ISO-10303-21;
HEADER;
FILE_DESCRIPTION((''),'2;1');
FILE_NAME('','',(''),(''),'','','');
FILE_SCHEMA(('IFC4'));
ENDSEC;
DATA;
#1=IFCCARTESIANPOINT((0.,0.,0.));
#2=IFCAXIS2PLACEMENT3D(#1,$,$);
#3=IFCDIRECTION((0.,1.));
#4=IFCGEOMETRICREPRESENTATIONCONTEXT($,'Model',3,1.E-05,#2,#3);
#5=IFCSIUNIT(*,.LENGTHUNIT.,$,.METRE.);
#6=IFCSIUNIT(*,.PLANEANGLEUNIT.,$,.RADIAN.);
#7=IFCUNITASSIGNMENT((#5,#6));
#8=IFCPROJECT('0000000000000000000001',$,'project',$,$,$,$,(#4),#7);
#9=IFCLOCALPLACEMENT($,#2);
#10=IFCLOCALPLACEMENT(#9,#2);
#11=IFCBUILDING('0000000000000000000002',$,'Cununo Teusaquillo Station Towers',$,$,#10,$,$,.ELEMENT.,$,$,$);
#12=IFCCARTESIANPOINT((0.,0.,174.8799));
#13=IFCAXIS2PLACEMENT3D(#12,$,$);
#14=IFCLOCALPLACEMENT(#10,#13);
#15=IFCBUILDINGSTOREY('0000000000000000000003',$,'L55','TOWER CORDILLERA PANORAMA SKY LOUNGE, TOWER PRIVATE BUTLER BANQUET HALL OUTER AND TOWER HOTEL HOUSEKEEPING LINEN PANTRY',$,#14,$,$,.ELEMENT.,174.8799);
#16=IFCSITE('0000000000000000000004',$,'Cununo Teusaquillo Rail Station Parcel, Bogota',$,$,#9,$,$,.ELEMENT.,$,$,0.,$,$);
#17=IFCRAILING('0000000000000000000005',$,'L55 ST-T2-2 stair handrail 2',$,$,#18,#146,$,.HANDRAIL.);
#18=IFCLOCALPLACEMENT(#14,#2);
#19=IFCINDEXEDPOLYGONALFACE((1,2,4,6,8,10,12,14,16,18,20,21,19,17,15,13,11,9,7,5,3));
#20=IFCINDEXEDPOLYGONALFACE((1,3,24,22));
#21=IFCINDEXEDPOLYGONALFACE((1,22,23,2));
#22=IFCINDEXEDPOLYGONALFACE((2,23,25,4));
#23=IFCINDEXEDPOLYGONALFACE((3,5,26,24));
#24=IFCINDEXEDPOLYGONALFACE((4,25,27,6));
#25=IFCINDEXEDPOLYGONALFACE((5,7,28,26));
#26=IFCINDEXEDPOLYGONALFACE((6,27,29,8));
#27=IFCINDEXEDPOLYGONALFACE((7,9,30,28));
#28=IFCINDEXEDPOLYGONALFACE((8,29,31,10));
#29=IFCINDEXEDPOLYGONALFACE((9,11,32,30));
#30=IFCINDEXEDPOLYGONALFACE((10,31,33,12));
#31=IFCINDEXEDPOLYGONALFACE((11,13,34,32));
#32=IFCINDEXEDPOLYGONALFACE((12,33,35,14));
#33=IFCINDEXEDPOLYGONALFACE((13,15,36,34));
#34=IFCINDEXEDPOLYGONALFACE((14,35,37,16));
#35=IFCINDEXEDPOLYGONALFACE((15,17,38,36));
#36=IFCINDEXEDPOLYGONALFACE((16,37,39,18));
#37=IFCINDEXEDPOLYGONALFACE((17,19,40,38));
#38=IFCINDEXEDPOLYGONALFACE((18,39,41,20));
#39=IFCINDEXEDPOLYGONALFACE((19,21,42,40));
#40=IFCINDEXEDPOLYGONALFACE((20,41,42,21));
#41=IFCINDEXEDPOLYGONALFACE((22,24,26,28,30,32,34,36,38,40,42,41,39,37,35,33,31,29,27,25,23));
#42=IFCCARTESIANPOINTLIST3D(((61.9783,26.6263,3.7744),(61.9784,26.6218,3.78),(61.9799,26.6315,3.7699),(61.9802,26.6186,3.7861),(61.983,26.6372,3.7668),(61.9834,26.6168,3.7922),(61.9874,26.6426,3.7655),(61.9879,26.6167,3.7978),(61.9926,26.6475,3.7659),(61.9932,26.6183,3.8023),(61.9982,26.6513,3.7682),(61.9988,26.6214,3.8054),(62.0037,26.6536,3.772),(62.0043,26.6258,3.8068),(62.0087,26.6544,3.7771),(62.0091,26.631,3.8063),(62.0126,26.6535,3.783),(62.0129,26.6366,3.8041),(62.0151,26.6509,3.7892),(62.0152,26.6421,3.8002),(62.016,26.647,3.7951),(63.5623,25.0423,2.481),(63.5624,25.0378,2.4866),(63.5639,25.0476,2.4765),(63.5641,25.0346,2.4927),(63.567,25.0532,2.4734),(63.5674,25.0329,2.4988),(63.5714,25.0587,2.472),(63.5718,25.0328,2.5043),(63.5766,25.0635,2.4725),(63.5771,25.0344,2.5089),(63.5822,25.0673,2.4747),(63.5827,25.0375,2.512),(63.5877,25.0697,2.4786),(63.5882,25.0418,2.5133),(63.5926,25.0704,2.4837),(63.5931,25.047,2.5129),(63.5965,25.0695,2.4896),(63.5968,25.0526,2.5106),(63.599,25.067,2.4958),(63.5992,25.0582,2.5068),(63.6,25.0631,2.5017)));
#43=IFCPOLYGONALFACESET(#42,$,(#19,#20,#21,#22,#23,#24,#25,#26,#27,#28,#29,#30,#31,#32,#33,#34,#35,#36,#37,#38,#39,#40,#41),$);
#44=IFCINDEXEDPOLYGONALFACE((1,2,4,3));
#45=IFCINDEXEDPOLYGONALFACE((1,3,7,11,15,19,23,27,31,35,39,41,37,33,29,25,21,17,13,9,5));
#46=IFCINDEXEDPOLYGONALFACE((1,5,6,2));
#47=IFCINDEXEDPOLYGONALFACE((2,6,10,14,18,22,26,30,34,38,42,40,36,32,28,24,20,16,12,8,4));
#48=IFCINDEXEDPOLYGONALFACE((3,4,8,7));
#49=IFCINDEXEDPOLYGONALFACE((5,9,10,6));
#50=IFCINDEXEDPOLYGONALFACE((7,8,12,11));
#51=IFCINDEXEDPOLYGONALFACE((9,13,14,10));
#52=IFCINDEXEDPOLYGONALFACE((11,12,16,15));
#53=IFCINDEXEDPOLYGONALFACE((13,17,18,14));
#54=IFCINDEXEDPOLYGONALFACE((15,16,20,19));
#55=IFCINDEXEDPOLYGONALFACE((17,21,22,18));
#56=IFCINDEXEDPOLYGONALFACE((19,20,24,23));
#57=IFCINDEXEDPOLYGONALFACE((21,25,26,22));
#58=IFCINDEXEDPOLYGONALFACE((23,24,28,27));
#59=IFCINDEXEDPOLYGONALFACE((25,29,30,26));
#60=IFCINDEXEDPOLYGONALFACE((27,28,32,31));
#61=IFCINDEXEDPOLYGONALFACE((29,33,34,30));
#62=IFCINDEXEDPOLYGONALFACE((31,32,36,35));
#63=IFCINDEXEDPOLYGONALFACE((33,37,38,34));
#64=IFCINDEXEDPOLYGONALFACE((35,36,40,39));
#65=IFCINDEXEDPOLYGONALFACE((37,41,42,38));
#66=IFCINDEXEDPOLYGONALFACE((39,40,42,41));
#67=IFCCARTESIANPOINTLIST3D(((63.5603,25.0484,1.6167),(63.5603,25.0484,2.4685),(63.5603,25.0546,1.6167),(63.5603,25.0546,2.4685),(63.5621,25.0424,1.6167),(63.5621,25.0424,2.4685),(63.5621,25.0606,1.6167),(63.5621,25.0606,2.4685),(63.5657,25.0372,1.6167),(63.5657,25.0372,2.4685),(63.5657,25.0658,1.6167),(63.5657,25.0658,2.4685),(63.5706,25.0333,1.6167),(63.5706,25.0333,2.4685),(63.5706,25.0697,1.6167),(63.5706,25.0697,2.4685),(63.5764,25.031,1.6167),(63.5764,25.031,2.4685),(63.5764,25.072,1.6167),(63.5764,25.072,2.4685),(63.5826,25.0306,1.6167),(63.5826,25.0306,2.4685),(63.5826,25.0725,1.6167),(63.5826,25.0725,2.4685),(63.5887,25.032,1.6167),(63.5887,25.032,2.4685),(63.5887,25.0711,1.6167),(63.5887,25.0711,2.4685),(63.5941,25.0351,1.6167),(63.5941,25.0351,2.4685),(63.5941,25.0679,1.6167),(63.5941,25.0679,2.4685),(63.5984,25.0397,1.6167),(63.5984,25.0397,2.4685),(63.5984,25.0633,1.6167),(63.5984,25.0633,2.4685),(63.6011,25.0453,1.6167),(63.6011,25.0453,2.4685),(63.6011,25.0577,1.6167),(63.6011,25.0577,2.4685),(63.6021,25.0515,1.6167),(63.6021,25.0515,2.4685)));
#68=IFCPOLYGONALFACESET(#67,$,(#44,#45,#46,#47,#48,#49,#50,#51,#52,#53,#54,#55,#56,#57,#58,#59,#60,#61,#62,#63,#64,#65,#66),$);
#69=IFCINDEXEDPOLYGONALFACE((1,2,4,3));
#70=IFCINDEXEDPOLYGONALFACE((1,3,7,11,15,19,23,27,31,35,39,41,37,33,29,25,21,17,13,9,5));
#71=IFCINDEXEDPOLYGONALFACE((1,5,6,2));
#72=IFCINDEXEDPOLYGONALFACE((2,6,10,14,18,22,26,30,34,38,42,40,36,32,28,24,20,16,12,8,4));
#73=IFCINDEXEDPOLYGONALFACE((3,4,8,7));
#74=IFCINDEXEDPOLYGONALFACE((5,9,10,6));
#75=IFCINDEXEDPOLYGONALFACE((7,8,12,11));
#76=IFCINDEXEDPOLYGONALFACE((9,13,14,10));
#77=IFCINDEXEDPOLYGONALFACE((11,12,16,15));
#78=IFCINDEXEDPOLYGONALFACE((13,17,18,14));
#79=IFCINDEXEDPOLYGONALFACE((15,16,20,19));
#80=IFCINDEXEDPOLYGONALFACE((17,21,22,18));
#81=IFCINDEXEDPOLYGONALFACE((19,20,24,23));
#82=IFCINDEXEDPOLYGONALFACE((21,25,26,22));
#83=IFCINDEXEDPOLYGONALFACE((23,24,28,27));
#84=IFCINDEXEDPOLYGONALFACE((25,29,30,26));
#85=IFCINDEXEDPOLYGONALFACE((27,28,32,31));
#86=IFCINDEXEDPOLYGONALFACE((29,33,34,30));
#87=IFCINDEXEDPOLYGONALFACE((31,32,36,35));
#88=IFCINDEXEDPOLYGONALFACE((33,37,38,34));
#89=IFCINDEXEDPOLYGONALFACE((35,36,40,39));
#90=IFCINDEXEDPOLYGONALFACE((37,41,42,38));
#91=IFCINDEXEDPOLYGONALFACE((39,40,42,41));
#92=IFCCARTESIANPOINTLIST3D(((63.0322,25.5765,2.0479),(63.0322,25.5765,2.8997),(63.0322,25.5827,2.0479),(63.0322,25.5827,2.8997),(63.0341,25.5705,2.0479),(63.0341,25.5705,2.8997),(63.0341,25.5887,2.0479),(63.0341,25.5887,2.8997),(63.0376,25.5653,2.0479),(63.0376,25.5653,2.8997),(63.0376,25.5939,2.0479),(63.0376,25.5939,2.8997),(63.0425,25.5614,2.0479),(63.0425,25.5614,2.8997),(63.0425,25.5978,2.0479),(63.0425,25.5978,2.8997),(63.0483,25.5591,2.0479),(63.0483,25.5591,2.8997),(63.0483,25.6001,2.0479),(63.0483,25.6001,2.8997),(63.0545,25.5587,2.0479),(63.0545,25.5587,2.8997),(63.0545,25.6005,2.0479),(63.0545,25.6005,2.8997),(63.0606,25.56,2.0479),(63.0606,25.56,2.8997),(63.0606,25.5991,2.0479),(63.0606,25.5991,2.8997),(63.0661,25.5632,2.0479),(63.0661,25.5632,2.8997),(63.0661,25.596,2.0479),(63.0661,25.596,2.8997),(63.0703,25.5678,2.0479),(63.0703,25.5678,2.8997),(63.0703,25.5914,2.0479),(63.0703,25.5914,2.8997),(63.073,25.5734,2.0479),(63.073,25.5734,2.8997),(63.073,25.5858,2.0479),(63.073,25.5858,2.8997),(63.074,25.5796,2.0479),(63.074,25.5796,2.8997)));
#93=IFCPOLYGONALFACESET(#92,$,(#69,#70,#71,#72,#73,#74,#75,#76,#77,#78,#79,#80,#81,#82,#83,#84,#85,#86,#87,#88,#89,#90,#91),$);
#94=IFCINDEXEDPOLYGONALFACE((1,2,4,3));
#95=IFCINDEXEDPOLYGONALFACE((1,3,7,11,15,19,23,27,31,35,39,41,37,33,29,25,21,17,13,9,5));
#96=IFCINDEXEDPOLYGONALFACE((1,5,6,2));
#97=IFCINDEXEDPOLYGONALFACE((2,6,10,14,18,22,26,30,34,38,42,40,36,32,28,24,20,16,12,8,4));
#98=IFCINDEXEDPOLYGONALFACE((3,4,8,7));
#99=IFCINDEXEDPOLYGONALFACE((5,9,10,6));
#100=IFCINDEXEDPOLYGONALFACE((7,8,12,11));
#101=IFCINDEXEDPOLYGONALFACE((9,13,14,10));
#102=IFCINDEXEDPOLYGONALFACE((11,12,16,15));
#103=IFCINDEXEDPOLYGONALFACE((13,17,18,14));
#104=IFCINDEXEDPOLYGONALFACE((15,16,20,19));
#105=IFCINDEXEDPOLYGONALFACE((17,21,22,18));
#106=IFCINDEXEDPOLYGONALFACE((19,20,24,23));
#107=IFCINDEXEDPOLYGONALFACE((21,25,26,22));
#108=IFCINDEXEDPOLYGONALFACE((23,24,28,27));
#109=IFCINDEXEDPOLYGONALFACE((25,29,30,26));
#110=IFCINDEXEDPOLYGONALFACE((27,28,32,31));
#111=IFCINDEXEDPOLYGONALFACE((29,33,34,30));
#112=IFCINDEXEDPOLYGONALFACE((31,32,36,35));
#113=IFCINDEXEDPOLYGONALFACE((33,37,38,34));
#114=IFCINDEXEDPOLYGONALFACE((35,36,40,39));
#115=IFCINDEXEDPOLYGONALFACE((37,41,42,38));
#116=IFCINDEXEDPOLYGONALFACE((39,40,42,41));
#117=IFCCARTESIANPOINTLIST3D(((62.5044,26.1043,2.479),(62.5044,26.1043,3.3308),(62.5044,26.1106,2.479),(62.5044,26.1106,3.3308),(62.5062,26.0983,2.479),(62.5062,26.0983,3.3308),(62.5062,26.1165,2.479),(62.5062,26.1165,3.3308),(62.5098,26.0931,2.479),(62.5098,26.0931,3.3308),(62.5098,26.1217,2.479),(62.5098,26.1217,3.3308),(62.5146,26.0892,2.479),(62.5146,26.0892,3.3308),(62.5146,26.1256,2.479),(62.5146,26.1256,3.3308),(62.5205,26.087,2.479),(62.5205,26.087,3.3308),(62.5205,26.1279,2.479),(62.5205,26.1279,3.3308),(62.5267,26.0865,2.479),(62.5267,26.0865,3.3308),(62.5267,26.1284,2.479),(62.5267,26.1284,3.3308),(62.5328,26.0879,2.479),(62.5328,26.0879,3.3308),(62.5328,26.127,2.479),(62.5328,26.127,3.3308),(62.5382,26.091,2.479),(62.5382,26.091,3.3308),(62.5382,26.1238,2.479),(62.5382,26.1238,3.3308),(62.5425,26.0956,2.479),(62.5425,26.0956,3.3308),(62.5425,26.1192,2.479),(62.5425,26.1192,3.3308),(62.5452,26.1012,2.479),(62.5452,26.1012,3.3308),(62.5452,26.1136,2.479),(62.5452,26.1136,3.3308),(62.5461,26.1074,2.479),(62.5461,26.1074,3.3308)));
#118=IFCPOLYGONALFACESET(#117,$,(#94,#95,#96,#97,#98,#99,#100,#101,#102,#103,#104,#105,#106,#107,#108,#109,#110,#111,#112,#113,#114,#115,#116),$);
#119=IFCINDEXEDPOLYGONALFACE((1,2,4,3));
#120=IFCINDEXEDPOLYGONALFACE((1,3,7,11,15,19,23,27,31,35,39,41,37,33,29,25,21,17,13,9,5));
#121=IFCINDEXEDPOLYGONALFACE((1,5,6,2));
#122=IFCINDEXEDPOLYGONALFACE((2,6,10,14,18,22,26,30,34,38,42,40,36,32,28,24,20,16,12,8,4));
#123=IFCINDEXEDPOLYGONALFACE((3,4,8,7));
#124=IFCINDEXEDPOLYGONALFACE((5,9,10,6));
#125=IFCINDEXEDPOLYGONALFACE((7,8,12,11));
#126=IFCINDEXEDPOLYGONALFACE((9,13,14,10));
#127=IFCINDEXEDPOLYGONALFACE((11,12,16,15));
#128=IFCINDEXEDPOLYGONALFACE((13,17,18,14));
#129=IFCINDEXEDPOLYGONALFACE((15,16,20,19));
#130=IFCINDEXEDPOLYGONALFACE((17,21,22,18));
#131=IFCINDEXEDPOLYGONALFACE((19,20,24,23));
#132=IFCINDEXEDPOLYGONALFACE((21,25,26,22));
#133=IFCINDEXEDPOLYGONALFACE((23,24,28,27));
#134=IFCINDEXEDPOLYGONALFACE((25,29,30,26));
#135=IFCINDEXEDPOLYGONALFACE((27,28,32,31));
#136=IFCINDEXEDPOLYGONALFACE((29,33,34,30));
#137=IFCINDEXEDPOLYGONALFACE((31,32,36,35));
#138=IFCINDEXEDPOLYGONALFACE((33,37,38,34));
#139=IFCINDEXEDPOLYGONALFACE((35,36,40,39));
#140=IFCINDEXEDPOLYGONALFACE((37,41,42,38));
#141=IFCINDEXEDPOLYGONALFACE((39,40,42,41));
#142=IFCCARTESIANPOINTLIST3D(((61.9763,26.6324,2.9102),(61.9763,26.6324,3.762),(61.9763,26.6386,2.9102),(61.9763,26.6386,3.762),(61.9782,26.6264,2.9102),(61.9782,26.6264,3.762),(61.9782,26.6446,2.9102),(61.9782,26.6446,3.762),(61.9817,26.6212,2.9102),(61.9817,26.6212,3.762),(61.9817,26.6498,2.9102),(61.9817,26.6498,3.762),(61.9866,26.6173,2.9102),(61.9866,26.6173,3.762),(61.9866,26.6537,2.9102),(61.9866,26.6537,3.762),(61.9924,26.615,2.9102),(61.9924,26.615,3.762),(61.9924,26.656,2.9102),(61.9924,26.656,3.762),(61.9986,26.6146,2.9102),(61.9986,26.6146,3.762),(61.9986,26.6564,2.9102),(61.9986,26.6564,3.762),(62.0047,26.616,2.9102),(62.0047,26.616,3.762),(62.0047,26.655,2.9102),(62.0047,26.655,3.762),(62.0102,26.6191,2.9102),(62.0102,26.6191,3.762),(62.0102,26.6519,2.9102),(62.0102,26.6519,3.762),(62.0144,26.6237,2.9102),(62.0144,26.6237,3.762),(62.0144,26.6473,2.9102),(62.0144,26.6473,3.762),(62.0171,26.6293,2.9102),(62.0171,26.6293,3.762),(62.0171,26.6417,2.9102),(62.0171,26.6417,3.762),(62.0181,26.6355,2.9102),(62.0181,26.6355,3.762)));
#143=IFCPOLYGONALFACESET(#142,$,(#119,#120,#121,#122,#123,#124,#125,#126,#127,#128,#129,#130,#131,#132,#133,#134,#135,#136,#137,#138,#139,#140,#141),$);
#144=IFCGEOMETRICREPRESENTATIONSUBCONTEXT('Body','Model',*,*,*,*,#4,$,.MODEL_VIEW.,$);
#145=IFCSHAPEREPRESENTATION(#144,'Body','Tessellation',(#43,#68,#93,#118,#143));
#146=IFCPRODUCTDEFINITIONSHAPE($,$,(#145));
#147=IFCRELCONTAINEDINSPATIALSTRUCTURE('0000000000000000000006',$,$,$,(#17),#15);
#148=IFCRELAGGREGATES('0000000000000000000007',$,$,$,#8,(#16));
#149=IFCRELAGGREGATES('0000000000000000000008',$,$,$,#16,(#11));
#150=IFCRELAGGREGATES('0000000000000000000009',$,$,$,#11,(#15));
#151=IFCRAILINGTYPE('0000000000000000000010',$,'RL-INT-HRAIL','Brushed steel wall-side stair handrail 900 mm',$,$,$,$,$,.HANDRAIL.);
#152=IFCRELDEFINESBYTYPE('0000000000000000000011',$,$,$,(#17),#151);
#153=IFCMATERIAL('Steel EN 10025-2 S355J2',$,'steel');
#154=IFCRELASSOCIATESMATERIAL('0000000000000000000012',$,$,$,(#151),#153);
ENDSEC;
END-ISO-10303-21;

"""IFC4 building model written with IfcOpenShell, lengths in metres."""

from ifc_helpers import new_model, si_unit, direction, frame, origin, origin_2d, place, context, subcontext, project, spatial, circle, extrude, material, type_object, element, save


model = new_model("IFC4")

# Units and contexts
model_context = context("Model", 3, precision=1e-05, world=origin(), true_north=direction((0.0, 1.0)))
body_context = subcontext(model_context, "Body", "Model", "MODEL_VIEW")
ifc_project = project(units=[si_unit("LENGTHUNIT", "METRE"), si_unit("PLANEANGLEUNIT", "RADIAN")], contexts=[model_context])

# Site, building, storey
site_placement = place(None, origin())
site = spatial("IfcSite", under=ifc_project, at=site_placement, Name="Cununo Teusaquillo Rail Station Parcel, Bogota", CompositionType="ELEMENT", RefElevation=0.0)
building_placement = place(site_placement, origin())
building = spatial("IfcBuilding", under=site, at=building_placement, Name="Cununo Teusaquillo Station Towers", CompositionType="ELEMENT")
storey_placement = place(building_placement, frame((0.0, 0.0, 174.8799)))
storey = spatial("IfcBuildingStorey", under=building, at=storey_placement, Name="L55", Description="TOWER CORDILLERA PANORAMA SKY LOUNGE, TOWER PRIVATE BUTLER BANQUET HALL OUTER AND TOWER HOTEL HOUSEKEEPING LINEN PANTRY", CompositionType="ELEMENT", Elevation=174.8799)

# Railing
ifc_material_1 = material(Name="Steel EN 10025-2 S355J2", Category="steel")
railing_type_1 = type_object("IfcRailingType", Name="RL-INT-HRAIL", Description="Brushed steel wall-side stair handrail 900 mm", PredefinedType="HANDRAIL", material=ifc_material_1)
railing_1_placement = place(storey_placement, frame((63.5811, 25.0515, 1.6167)))
element("IfcRailing", 1, at=railing_1_placement, inside=storey, type_object=railing_type_1, Name="L55 ST-T2-2 stair handrail 2", PredefinedType="HANDRAIL", context=body_context, shape_type="SweptSolid", body=[
    extrude(circle(Radius=0.0239, at=origin_2d()), frame((0.0, 0.0, 0.876), z_axis=(-0.612356, 0.612356, 0.50004), x_axis=(-0.707107, -0.707107, 0.0)), (0.0, 0.0, 1.0), 2.5867),
    extrude(circle(Radius=0.021, at=origin_2d()), origin(), (0.0, 0.0, 1.0), 0.8518),
    extrude(circle(Radius=0.021, at=origin_2d()), frame((-0.5281, 0.5281, 0.4312)), (0.0, 0.0, 1.0), 0.8518),
    extrude(circle(Radius=0.021, at=origin_2d()), frame((-1.0559, 1.0559, 0.8623)), (0.0, 0.0, 1.0), 0.8518),
    extrude(circle(Radius=0.021, at=origin_2d()), frame((-1.584, 1.584, 1.2935)), (0.0, 0.0, 1.0), 0.8518),
])

save(model, "model.ifc")
